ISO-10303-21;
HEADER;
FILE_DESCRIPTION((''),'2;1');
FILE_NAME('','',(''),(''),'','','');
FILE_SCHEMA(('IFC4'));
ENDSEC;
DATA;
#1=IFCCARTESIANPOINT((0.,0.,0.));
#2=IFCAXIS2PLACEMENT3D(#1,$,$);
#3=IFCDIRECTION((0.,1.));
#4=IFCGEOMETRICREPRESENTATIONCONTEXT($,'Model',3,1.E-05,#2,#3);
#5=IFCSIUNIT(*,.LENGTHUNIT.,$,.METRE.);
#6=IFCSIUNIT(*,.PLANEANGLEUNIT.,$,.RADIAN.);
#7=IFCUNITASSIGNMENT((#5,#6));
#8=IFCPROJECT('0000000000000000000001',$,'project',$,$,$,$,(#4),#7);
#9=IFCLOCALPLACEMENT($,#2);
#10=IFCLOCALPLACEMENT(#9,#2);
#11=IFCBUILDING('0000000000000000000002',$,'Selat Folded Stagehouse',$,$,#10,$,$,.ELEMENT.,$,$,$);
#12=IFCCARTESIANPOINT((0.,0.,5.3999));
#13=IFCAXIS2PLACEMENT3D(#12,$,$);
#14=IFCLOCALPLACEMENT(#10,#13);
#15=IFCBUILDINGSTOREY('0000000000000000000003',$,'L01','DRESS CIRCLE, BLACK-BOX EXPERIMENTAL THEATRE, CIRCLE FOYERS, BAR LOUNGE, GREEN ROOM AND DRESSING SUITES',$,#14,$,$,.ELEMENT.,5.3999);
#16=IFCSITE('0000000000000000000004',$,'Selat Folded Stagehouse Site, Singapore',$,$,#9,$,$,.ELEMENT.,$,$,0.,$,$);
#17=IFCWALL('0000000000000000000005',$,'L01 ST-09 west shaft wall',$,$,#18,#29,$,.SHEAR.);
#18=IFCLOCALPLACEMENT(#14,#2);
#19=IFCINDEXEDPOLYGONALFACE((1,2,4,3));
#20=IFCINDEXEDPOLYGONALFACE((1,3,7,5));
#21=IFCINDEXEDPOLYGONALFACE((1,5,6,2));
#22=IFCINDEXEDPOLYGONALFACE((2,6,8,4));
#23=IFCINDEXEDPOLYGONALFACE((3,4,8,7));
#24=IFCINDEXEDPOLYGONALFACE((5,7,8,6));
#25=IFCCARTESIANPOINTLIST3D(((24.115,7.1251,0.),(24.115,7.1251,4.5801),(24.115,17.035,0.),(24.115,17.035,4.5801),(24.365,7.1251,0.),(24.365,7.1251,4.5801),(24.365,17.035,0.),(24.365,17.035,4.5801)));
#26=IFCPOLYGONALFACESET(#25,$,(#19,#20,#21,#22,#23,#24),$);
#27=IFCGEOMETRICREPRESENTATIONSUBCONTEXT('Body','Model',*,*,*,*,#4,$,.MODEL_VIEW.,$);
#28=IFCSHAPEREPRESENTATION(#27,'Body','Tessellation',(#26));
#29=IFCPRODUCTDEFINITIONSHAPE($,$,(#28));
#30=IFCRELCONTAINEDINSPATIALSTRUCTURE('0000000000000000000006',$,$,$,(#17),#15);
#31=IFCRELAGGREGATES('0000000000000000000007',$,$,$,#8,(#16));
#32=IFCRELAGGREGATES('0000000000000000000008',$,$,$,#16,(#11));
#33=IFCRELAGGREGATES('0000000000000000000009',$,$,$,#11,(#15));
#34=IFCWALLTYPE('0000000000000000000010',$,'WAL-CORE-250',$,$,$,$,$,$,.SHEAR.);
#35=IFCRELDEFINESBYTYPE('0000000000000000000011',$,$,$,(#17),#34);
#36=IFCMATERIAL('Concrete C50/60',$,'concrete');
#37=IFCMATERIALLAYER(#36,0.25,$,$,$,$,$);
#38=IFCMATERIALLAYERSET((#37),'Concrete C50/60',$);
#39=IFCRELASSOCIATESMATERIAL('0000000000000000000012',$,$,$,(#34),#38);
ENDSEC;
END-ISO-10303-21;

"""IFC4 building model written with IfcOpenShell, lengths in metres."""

from ifc_helpers import new_model, si_unit, direction, frame, frame_2d, origin, place, context, subcontext, project, spatial, rectangle, extrude, material, layer, layer_set, type_object, element, save


model = new_model("IFC4")

# Units and contexts
model_context = context("Model", 3, precision=1e-05, world=origin(), true_north=direction((0.0, 1.0)))
body_context = subcontext(model_context, "Body", "Model", "MODEL_VIEW")
ifc_project = project(units=[si_unit("LENGTHUNIT", "METRE"), si_unit("PLANEANGLEUNIT", "RADIAN")], contexts=[model_context])

# Site, building, storey
site_placement = place(None, origin())
site = spatial("IfcSite", under=ifc_project, at=site_placement, Name="Selat Folded Stagehouse Site, Singapore", CompositionType="ELEMENT", RefElevation=0.0)
building_placement = place(site_placement, origin())
building = spatial("IfcBuilding", under=site, at=building_placement, Name="Selat Folded Stagehouse", CompositionType="ELEMENT")
storey_placement = place(building_placement, frame((0.0, 0.0, 5.3999)))
storey = spatial("IfcBuildingStorey", under=building, at=storey_placement, Name="L01", Description="DRESS CIRCLE, BLACK-BOX EXPERIMENTAL THEATRE, CIRCLE FOYERS, BAR LOUNGE, GREEN ROOM AND DRESSING SUITES", CompositionType="ELEMENT", Elevation=5.3999)

# Wall
ifc_material_1 = material(Name="Concrete C50/60", Category="concrete")
ifc_layer_1 = layer(ifc_material_1, 0.25)
ifc_layer_set_1 = layer_set([ifc_layer_1], Name="Concrete C50/60")
wall_type = type_object("IfcWallType", Name="WAL-CORE-250", PredefinedType="SHEAR", material=ifc_layer_set_1)
wall_placement = place(storey_placement, frame((24.24, 7.125, 0.0), z_axis=(0.0, 0.0, 1.0), x_axis=(0.0, 1.0, 0.0)))
element("IfcWall", 1, at=wall_placement, inside=storey, type_object=wall_type, Name="L01 ST-09 west shaft wall", PredefinedType="SHEAR", context=body_context, shape_type="SweptSolid", body=[
    extrude(rectangle(XDim=9.9099, YDim=0.25, at=frame_2d((4.9551, 0.0))), origin(), (0.0, 0.0, 1.0), 4.5801),
])

save(model, "model.ifc")
